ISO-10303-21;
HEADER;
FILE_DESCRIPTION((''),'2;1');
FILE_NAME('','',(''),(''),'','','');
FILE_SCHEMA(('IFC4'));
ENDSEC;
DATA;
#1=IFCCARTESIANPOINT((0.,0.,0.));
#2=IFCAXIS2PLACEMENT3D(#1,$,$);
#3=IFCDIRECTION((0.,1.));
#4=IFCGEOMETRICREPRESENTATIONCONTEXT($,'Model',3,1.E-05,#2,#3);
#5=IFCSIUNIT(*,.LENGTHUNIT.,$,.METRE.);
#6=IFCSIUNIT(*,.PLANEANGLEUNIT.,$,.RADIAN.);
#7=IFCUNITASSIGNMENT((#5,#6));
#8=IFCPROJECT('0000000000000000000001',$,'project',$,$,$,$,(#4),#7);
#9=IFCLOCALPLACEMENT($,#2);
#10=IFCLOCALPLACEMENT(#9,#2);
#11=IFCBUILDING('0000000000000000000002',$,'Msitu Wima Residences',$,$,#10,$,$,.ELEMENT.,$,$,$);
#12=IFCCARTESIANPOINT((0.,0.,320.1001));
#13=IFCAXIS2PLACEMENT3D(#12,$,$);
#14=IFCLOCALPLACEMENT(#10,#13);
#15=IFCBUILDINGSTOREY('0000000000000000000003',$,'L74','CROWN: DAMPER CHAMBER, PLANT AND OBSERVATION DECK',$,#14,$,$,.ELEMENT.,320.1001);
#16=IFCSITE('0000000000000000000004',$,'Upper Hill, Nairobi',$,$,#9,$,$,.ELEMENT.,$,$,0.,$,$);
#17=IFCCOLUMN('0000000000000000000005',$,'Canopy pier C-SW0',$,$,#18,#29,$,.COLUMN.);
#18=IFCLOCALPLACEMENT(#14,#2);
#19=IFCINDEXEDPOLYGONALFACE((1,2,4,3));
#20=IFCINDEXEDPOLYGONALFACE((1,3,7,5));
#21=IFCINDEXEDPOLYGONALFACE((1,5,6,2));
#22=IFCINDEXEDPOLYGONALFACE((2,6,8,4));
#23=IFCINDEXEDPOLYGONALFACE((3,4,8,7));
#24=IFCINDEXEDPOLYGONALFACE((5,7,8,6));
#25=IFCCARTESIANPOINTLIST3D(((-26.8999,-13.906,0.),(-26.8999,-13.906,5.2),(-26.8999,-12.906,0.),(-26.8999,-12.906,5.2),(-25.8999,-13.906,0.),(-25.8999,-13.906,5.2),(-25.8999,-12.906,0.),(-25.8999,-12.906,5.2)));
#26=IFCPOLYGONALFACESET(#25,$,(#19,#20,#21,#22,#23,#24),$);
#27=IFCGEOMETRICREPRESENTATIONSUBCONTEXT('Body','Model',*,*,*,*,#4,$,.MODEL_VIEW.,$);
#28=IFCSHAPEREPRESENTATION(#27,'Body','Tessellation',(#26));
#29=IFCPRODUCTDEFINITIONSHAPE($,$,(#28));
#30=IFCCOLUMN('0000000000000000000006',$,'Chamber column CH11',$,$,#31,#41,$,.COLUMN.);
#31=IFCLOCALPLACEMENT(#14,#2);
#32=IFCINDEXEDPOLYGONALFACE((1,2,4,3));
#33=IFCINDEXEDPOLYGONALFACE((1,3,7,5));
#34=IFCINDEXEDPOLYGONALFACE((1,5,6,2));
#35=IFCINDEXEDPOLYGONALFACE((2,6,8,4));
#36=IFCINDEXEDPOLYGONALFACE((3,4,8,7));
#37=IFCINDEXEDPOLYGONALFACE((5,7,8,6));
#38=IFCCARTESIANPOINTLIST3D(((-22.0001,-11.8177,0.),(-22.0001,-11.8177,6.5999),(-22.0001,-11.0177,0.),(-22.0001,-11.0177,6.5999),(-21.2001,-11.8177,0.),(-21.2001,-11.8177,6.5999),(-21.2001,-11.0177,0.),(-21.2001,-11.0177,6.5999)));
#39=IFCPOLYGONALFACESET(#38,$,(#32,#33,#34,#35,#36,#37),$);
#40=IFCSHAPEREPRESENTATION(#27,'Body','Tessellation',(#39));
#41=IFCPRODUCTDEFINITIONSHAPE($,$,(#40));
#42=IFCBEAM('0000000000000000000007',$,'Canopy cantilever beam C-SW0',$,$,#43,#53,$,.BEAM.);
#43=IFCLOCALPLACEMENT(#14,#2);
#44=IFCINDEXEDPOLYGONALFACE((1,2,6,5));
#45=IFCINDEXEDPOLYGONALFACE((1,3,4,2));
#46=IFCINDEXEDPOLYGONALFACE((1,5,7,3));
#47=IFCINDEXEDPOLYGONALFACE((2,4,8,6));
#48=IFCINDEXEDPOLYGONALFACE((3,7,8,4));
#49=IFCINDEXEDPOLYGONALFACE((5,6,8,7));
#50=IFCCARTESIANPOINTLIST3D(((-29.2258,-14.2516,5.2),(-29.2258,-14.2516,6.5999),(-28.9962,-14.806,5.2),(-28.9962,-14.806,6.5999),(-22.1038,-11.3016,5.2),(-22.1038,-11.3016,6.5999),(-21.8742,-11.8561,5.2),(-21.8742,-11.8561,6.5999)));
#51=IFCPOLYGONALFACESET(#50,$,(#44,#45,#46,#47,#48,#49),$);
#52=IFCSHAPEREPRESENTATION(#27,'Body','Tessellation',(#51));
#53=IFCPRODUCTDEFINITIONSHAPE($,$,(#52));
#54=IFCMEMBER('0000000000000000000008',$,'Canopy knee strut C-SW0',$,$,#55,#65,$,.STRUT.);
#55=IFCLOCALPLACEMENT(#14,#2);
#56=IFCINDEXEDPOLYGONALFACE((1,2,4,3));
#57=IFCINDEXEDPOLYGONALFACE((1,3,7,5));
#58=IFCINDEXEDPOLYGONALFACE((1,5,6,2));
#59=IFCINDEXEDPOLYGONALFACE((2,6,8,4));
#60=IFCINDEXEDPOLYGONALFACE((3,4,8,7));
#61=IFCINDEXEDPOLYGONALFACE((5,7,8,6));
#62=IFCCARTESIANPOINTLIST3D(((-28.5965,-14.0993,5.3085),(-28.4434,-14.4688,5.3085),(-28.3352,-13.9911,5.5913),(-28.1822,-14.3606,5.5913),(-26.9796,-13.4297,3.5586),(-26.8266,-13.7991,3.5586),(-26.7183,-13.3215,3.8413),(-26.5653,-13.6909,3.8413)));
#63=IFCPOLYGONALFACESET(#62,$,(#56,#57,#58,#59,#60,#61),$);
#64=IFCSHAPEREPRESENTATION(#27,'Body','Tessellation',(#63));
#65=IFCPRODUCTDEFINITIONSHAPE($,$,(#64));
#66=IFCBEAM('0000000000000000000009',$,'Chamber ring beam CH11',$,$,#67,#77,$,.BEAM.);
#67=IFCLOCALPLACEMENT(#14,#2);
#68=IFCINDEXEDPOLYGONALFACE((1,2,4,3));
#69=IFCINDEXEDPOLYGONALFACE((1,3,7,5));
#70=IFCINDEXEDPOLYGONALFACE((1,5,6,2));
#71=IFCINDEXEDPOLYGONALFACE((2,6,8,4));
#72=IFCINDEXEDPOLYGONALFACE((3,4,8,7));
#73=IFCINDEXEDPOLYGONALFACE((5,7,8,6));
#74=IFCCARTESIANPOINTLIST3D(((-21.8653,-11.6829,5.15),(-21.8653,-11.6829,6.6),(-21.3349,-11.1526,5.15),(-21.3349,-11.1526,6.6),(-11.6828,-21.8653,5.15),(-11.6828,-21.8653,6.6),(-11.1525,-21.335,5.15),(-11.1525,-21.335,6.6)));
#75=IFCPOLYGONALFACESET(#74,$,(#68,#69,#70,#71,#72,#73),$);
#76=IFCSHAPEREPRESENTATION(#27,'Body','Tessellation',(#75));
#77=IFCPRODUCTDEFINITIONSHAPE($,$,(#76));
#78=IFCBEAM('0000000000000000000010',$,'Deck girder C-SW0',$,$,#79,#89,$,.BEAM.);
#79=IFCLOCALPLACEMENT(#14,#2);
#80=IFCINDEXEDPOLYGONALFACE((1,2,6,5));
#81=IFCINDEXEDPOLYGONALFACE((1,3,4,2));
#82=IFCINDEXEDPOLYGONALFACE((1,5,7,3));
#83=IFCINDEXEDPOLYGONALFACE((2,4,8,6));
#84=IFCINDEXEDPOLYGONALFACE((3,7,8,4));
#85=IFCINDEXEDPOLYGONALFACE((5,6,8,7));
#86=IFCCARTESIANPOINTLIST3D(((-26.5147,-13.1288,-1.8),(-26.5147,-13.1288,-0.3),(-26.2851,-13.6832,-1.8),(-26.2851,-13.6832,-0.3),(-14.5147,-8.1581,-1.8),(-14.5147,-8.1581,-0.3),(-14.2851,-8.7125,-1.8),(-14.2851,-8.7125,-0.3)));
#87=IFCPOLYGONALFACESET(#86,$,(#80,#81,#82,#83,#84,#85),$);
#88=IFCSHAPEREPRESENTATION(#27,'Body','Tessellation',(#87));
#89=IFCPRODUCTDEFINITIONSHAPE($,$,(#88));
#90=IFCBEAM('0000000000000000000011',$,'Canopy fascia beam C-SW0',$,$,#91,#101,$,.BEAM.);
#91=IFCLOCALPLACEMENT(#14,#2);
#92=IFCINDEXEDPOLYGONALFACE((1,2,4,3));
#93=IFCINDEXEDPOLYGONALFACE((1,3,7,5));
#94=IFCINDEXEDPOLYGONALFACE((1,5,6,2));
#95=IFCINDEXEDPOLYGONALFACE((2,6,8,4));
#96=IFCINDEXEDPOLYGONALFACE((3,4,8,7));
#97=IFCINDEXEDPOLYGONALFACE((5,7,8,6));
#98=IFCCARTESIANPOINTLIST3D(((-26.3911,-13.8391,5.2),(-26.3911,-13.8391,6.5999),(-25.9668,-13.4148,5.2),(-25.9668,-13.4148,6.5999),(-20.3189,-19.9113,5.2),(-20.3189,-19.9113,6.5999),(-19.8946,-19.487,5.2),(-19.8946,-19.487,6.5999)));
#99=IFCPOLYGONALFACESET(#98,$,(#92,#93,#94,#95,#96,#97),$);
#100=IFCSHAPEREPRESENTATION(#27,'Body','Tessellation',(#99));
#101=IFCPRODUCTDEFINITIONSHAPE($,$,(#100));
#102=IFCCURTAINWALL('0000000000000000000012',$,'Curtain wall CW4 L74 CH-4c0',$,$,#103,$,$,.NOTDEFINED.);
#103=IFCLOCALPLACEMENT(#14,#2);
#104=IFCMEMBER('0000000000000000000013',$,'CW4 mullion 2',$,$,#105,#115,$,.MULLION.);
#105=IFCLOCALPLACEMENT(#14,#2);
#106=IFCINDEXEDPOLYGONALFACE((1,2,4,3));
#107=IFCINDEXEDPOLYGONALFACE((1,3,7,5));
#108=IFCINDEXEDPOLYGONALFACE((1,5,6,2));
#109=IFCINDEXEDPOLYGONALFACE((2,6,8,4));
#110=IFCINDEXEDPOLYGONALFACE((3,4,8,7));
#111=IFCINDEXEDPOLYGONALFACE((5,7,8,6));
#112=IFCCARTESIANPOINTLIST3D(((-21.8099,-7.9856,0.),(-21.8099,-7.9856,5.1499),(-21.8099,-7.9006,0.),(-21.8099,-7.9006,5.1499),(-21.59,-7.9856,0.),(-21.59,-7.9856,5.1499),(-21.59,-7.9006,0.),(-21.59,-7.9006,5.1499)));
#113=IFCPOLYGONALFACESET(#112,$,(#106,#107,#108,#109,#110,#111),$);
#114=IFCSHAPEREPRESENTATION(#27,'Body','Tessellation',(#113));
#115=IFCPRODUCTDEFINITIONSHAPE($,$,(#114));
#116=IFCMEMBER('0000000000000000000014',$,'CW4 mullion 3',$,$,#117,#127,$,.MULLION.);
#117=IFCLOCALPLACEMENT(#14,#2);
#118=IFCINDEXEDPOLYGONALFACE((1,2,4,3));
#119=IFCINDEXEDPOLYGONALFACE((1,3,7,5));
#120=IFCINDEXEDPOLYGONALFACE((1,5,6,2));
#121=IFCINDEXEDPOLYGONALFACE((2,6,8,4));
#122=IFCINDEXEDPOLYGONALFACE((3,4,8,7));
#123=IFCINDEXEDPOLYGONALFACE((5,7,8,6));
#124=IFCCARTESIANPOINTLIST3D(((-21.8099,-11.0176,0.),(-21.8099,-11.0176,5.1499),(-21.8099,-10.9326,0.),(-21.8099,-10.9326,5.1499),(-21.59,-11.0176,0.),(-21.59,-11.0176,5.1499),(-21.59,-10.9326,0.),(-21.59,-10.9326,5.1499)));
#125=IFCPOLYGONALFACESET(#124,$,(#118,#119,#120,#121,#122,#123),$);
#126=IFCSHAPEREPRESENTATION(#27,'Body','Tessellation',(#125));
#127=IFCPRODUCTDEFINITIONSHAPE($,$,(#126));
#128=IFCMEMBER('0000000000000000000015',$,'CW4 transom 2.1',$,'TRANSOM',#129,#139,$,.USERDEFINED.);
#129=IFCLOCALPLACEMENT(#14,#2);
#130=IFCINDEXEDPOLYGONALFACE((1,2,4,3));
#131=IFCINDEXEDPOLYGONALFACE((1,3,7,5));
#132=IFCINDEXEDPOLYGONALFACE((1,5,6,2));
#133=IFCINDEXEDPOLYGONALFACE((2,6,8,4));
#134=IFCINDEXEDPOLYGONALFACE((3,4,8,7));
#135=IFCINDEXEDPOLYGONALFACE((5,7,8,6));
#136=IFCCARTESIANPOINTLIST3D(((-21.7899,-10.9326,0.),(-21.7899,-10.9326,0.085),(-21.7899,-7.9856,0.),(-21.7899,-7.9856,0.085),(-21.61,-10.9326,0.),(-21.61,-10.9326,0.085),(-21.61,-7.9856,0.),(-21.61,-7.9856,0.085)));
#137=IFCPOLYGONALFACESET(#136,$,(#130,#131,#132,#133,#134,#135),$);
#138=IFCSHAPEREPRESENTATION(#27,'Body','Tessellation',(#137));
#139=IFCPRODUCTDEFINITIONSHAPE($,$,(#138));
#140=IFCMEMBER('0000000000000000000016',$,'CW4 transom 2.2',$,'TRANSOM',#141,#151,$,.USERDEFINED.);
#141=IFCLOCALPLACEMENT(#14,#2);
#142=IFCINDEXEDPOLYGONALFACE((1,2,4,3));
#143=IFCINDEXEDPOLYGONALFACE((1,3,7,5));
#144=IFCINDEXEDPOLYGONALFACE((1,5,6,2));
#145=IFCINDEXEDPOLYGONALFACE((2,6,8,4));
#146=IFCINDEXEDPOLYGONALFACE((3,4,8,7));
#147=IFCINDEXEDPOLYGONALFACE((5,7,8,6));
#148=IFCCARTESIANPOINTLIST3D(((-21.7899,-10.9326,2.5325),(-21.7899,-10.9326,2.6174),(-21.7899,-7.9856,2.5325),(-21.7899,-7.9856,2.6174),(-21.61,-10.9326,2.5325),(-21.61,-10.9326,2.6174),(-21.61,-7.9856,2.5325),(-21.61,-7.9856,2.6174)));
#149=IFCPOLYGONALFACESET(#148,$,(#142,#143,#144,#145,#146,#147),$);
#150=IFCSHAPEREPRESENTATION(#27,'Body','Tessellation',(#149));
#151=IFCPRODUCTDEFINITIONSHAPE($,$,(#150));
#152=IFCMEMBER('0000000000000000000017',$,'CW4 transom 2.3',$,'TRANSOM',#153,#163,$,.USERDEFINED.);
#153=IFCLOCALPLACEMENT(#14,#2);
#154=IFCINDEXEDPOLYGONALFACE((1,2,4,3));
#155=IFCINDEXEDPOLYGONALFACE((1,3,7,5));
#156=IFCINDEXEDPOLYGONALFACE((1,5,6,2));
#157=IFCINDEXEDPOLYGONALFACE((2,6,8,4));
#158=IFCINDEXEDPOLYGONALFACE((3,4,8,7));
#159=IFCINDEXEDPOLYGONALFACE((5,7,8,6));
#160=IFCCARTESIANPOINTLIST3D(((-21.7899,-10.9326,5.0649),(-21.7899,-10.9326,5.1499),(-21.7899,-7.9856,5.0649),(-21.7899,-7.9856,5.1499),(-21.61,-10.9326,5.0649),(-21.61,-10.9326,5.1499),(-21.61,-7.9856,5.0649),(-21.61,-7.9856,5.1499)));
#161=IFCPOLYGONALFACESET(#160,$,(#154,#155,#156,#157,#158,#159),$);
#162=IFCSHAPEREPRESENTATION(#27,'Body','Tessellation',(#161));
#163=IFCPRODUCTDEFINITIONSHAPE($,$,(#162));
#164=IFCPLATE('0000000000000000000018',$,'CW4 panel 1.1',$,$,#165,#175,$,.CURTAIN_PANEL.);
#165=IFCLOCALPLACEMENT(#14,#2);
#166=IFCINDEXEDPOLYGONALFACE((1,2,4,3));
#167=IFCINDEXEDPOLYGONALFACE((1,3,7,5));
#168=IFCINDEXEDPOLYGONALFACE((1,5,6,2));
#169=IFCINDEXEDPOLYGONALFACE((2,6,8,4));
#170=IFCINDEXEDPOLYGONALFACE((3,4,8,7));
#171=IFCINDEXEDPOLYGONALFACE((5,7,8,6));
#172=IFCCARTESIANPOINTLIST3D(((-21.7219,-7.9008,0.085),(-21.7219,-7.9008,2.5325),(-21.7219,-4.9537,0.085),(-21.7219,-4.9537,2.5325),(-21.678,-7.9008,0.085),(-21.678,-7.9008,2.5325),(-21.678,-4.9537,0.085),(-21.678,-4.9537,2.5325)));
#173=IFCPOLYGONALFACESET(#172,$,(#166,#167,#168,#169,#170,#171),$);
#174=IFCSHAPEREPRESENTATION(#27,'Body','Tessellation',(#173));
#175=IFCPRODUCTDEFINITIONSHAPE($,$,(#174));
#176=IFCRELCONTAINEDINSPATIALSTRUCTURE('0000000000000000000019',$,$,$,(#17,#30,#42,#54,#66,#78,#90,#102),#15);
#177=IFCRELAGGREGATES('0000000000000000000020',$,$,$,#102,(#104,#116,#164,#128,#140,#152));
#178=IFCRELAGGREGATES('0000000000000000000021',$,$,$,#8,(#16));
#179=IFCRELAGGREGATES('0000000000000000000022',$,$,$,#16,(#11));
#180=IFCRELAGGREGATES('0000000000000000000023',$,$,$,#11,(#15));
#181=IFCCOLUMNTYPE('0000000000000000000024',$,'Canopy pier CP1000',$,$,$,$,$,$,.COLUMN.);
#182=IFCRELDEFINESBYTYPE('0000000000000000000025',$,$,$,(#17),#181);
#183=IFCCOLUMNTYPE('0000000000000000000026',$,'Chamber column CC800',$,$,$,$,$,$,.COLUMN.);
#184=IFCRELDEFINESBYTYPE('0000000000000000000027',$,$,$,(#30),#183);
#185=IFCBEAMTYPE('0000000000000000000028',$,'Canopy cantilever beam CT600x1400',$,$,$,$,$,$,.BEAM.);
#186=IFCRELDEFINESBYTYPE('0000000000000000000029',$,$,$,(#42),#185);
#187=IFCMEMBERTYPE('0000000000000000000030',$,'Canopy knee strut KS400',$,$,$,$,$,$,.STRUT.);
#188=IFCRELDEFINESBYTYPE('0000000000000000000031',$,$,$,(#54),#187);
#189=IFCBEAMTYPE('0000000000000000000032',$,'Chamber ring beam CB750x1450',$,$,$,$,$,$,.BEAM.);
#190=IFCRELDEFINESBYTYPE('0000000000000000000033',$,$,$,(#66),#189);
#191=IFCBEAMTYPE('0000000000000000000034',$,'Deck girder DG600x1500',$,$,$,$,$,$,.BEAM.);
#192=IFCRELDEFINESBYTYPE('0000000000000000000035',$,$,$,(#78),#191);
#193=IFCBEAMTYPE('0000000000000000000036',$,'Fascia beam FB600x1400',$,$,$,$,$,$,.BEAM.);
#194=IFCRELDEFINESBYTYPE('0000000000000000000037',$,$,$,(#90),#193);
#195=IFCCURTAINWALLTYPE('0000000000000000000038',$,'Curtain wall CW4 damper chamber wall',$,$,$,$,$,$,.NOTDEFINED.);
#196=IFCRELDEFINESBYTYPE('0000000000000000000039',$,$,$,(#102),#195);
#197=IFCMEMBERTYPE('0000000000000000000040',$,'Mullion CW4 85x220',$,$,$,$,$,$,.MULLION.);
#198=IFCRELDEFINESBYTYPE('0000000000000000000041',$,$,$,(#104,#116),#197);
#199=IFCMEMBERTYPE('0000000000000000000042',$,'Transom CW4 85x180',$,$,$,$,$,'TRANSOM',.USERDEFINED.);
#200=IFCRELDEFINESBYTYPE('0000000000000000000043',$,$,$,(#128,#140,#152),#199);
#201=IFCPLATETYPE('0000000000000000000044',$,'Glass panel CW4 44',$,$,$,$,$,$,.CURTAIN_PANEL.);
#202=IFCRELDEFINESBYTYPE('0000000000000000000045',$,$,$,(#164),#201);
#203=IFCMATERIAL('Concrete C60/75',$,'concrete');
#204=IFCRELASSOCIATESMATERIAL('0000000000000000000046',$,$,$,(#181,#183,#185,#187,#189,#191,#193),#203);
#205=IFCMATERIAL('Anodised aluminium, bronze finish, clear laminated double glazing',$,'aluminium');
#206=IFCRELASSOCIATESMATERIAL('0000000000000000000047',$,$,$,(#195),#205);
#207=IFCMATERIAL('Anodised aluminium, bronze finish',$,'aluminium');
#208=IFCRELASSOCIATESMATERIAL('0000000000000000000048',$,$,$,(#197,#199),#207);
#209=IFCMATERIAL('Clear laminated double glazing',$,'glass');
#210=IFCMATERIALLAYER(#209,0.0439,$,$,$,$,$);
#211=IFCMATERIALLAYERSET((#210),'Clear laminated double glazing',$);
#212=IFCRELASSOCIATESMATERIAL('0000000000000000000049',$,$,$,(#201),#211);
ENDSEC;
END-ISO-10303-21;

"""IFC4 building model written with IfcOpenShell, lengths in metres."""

from ifc_helpers import new_model, si_unit, direction, frame, origin, origin_2d, place, context, subcontext, project, spatial, rectangle, extrude, material, layer, layer_set, material_profile, profile_set, type_object, element, aggregate, save


model = new_model("IFC4")

# Units and contexts
model_context = context("Model", 3, precision=1e-05, world=origin(), true_north=direction((0.0, 1.0)))
body_context = subcontext(model_context, "Body", "Model", "MODEL_VIEW")
ifc_project = project(units=[si_unit("LENGTHUNIT", "METRE"), si_unit("PLANEANGLEUNIT", "RADIAN")], contexts=[model_context])

# Site, building, storey
site_placement = place(None, origin())
site = spatial("IfcSite", under=ifc_project, at=site_placement, Name="Upper Hill, Nairobi", CompositionType="ELEMENT", RefElevation=0.0)
building_placement = place(site_placement, origin())
building = spatial("IfcBuilding", under=site, at=building_placement, Name="Msitu Wima Residences", CompositionType="ELEMENT")
storey_placement = place(building_placement, frame((0.0, 0.0, 320.1001)))
storey = spatial("IfcBuildingStorey", under=building, at=storey_placement, Name="L74", Description="CROWN: DAMPER CHAMBER, PLANT AND OBSERVATION DECK", CompositionType="ELEMENT", Elevation=320.1001)

# Columns
ifc_material_1 = material(Name="Concrete C60/75", Category="concrete")
ifc_material_profile_1 = material_profile(ifc_material_1, rectangle(XDim=1.0, YDim=1.0, at=origin_2d()), Name="RC 1000x1000")
ifc_profile_set_1 = profile_set([ifc_material_profile_1], Name="Concrete C60/75")
column_type_1 = type_object("IfcColumnType", Name="Canopy pier CP1000", PredefinedType="COLUMN", material=ifc_profile_set_1)
column_1_placement = place(storey_placement, frame((-26.3999, -13.406, 0.0), z_axis=(0.0, 0.0, 1.0), x_axis=(1.0, 0.0, 0.0)))
element("IfcColumn", 1, at=column_1_placement, inside=storey, type_object=column_type_1, Name="Canopy pier C-SW0", PredefinedType="COLUMN", context=body_context, shape_type="SweptSolid", body=[
    extrude(rectangle(XDim=1.0, YDim=1.0, at=origin_2d()), origin(), (0.0, 0.0, 1.0), 5.2),
])
ifc_material_profile_2 = material_profile(ifc_material_1, rectangle(XDim=0.8, YDim=0.8, at=origin_2d()), Name="RC 800x800")
ifc_profile_set_2 = profile_set([ifc_material_profile_2], Name="Concrete C60/75")
column_type_2 = type_object("IfcColumnType", Name="Chamber column CC800", PredefinedType="COLUMN", material=ifc_profile_set_2)
column_2_placement = place(storey_placement, frame((-21.6001, -11.4177, 0.0), z_axis=(0.0, 0.0, 1.0), x_axis=(1.0, 0.0, 0.0)))
element("IfcColumn", 2, at=column_2_placement, inside=storey, type_object=column_type_2, Name="Chamber column CH11", PredefinedType="COLUMN", context=body_context, shape_type="SweptSolid", body=[
    extrude(rectangle(XDim=0.8, YDim=0.8, at=origin_2d()), origin(), (0.0, 0.0, 1.0), 6.5999),
])

# Beam
ifc_material_profile_3 = material_profile(ifc_material_1, rectangle(XDim=0.6001, YDim=1.3999, at=origin_2d()), Name="RC 600x1400")
ifc_profile_set_3 = profile_set([ifc_material_profile_3], Name="Concrete C60/75")
beam_type_1 = type_object("IfcBeamType", Name="Canopy cantilever beam CT600x1400", PredefinedType="BEAM", material=ifc_profile_set_3)
beam_1_placement = place(storey_placement, frame((-21.989, -11.5789, 5.8999), z_axis=(-0.923884, -0.382672, 0.0), x_axis=(0.382672, -0.923884, 0.0)))
element("IfcBeam", 3, at=beam_1_placement, inside=storey, type_object=beam_type_1, Name="Canopy cantilever beam C-SW0", PredefinedType="BEAM", context=body_context, shape_type="SweptSolid", body=[
    extrude(rectangle(XDim=0.6001, YDim=1.3999, at=origin_2d()), origin(), (0.0, 0.0, 1.0), 7.7087),
])

# Member
ifc_material_profile_4 = material_profile(ifc_material_1, rectangle(XDim=0.3999, YDim=0.3999, at=origin_2d()), Name="RC 400x400")
ifc_profile_set_4 = profile_set([ifc_material_profile_4], Name="Concrete C60/75")
member_type_1 = type_object("IfcMemberType", Name="Canopy knee strut KS400", PredefinedType="STRUT", material=ifc_profile_set_4)
member_1_placement = place(storey_placement, frame((-26.7725, -13.5603, 3.7), z_axis=(-0.653318, -0.27058, 0.707079), x_axis=(0.382643, -0.923896, 0.0)))
element("IfcMember", 4, at=member_1_placement, inside=storey, type_object=member_type_1, Name="Canopy knee strut C-SW0", PredefinedType="STRUT", context=body_context, shape_type="SweptSolid", body=[
    extrude(rectangle(XDim=0.3999, YDim=0.3999, at=origin_2d()), origin(), (0.0, 0.0, 1.0), 2.4749),
])

# Beams
ifc_material_profile_5 = material_profile(ifc_material_1, rectangle(XDim=0.75, YDim=1.45, at=origin_2d()), Name="RC 750x1450")
ifc_profile_set_5 = profile_set([ifc_material_profile_5], Name="Concrete C60/75")
beam_type_2 = type_object("IfcBeamType", Name="Chamber ring beam CB750x1450", PredefinedType="BEAM", material=ifc_profile_set_5)
beam_2_placement = place(storey_placement, frame((-21.6001, -11.4177, 5.875), z_axis=(0.707107, -0.707107, 0.0), x_axis=(0.707107, 0.707107, 0.0)))
element("IfcBeam", 5, at=beam_2_placement, inside=storey, type_object=beam_type_2, Name="Chamber ring beam CH11", PredefinedType="BEAM", context=body_context, shape_type="SweptSolid", body=[
    extrude(rectangle(XDim=0.75, YDim=1.45, at=origin_2d()), origin(), (0.0, 0.0, 1.0), 14.4001),
])
ifc_material_profile_6 = material_profile(ifc_material_1, rectangle(XDim=0.6001, YDim=1.5, at=origin_2d()), Name="RC 600x1500")
ifc_profile_set_6 = profile_set([ifc_material_profile_6], Name="Concrete C60/75")
beam_type_3 = type_object("IfcBeamType", Name="Deck girder DG600x1500", PredefinedType="BEAM", material=ifc_profile_set_6)
beam_3_placement = place(storey_placement, frame((-26.3999, -13.406, -1.05), z_axis=(0.923876, 0.382693, 0.0), x_axis=(-0.382693, 0.923876, 0.0)))
element("IfcBeam", 6, at=beam_3_placement, inside=storey, type_object=beam_type_3, Name="Deck girder C-SW0", PredefinedType="BEAM", context=body_context, shape_type="SweptSolid", body=[
    extrude(rectangle(XDim=0.6001, YDim=1.5, at=origin_2d()), origin(), (0.0, 0.0, 1.0), 12.9888),
])
ifc_material_profile_7 = material_profile(ifc_material_1, rectangle(XDim=0.6001, YDim=1.3999, at=origin_2d()), Name="RC 600x1400")
ifc_profile_set_7 = profile_set([ifc_material_profile_7], Name="Concrete C60/75")
beam_type_4 = type_object("IfcBeamType", Name="Fascia beam FB600x1400", PredefinedType="BEAM", material=ifc_profile_set_7)
beam_4_placement = place(storey_placement, frame((-26.179, -13.627, 5.8999), z_axis=(0.707107, -0.707107, 0.0), x_axis=(0.707107, 0.707107, 0.0)))
element("IfcBeam", 7, at=beam_4_placement, inside=storey, type_object=beam_type_4, Name="Canopy fascia beam C-SW0", PredefinedType="BEAM", context=body_context, shape_type="SweptSolid", body=[
    extrude(rectangle(XDim=0.6001, YDim=1.3999, at=origin_2d()), origin(), (0.0, 0.0, 1.0), 8.5874),
])

# Curtain wall, members, plate
ifc_material_2 = material(Name="Anodised aluminium, bronze finish, clear laminated double glazing", Category="aluminium")
curtain_wall_type = type_object("IfcCurtainWallType", Name="Curtain wall CW4 damper chamber wall", PredefinedType="NOTDEFINED", material=ifc_material_2)
curtain_wall_placement = place(storey_placement, origin())
curtain_wall = element("IfcCurtainWall", 8, at=curtain_wall_placement, inside=storey, type_object=curtain_wall_type, Name="Curtain wall CW4 L74 CH-4c0", PredefinedType="NOTDEFINED")
ifc_material_3 = material(Name="Anodised aluminium, bronze finish", Category="aluminium")
ifc_material_profile_8 = material_profile(ifc_material_3, rectangle(XDim=0.22, YDim=0.085, at=origin_2d()), Name="Mullion 85x220")
ifc_profile_set_8 = profile_set([ifc_material_profile_8], Name="Anodised aluminium, bronze finish")
member_type_2 = type_object("IfcMemberType", Name="Mullion CW4 85x220", PredefinedType="MULLION", material=ifc_profile_set_8)
member_2_placement = place(storey_placement, frame((-21.7, -7.9431, 0.0), z_axis=(0.0, 0.0, 1.0), x_axis=(1.0, 0.0, 0.0)))
member_2 = element("IfcMember", 9, at=member_2_placement, type_object=member_type_2, Name="CW4 mullion 2", PredefinedType="MULLION", context=body_context, shape_type="SweptSolid", body=[
    extrude(rectangle(XDim=0.22, YDim=0.085, at=origin_2d()), origin(), (0.0, 0.0, 1.0), 5.1499),
])
member_3_placement = place(storey_placement, frame((-21.7, -10.9751, 0.0), z_axis=(0.0, 0.0, 1.0), x_axis=(1.0, 0.0, 0.0)))
member_3 = element("IfcMember", 10, at=member_3_placement, type_object=member_type_2, Name="CW4 mullion 3", PredefinedType="MULLION", context=body_context, shape_type="SweptSolid", body=[
    extrude(rectangle(XDim=0.22, YDim=0.085, at=origin_2d()), origin(), (0.0, 0.0, 1.0), 5.1499),
])
ifc_material_profile_9 = material_profile(ifc_material_3, rectangle(XDim=0.1799, YDim=0.085, at=origin_2d()), Name="Transom 85x180")
ifc_profile_set_9 = profile_set([ifc_material_profile_9], Name="Anodised aluminium, bronze finish")
member_type_3 = type_object("IfcMemberType", Name="Transom CW4 85x180", ElementType="TRANSOM", PredefinedType="USERDEFINED", material=ifc_profile_set_9)
member_4_placement = place(storey_placement, frame((-21.7, -7.9856, 0.0425), z_axis=(0.0, -1.0, 0.0), x_axis=(1.0, 0.0, 0.0)))
member_4 = element("IfcMember", 11, at=member_4_placement, type_object=member_type_3, Name="CW4 transom 2.1", ObjectType="TRANSOM", PredefinedType="USERDEFINED", context=body_context, shape_type="SweptSolid", body=[
    extrude(rectangle(XDim=0.1799, YDim=0.085, at=origin_2d()), origin(), (0.0, 0.0, 1.0), 2.947),
])
member_5_placement = place(storey_placement, frame((-21.7, -7.9856, 2.575), z_axis=(0.0, -1.0, 0.0), x_axis=(1.0, 0.0, 0.0)))
member_5 = element("IfcMember", 12, at=member_5_placement, type_object=member_type_3, Name="CW4 transom 2.2", ObjectType="TRANSOM", PredefinedType="USERDEFINED", context=body_context, shape_type="SweptSolid", body=[
    extrude(rectangle(XDim=0.1799, YDim=0.085, at=origin_2d()), origin(), (0.0, 0.0, 1.0), 2.947),
])
member_6_placement = place(storey_placement, frame((-21.7, -7.9856, 5.1074), z_axis=(0.0, -1.0, 0.0), x_axis=(1.0, 0.0, 0.0)))
member_6 = element("IfcMember", 13, at=member_6_placement, type_object=member_type_3, Name="CW4 transom 2.3", ObjectType="TRANSOM", PredefinedType="USERDEFINED", context=body_context, shape_type="SweptSolid", body=[
    extrude(rectangle(XDim=0.1799, YDim=0.085, at=origin_2d()), origin(), (0.0, 0.0, 1.0), 2.947),
])
ifc_material_4 = material(Name="Clear laminated double glazing", Category="glass")
ifc_layer_1 = layer(ifc_material_4, 0.0439)
ifc_layer_set_1 = layer_set([ifc_layer_1], Name="Clear laminated double glazing")
plate_type = type_object("IfcPlateType", Name="Glass panel CW4 44", PredefinedType="CURTAIN_PANEL", material=ifc_layer_set_1)
plate_1_placement = place(storey_placement, frame((-21.7, -6.4272, 0.085), z_axis=(0.0, 0.0, 1.0), x_axis=(0.0, -1.0, 0.0)))
plate_1 = element("IfcPlate", 14, at=plate_1_placement, type_object=plate_type, Name="CW4 panel 1.1", PredefinedType="CURTAIN_PANEL", context=body_context, shape_type="SweptSolid", body=[
    extrude(rectangle(XDim=2.947, YDim=0.0439, at=origin_2d()), origin(), (0.0, 0.0, 1.0), 2.4475),
])
aggregate(curtain_wall, [member_2, member_3, plate_1, member_4, member_5, member_6])

save(model, "model.ifc")
